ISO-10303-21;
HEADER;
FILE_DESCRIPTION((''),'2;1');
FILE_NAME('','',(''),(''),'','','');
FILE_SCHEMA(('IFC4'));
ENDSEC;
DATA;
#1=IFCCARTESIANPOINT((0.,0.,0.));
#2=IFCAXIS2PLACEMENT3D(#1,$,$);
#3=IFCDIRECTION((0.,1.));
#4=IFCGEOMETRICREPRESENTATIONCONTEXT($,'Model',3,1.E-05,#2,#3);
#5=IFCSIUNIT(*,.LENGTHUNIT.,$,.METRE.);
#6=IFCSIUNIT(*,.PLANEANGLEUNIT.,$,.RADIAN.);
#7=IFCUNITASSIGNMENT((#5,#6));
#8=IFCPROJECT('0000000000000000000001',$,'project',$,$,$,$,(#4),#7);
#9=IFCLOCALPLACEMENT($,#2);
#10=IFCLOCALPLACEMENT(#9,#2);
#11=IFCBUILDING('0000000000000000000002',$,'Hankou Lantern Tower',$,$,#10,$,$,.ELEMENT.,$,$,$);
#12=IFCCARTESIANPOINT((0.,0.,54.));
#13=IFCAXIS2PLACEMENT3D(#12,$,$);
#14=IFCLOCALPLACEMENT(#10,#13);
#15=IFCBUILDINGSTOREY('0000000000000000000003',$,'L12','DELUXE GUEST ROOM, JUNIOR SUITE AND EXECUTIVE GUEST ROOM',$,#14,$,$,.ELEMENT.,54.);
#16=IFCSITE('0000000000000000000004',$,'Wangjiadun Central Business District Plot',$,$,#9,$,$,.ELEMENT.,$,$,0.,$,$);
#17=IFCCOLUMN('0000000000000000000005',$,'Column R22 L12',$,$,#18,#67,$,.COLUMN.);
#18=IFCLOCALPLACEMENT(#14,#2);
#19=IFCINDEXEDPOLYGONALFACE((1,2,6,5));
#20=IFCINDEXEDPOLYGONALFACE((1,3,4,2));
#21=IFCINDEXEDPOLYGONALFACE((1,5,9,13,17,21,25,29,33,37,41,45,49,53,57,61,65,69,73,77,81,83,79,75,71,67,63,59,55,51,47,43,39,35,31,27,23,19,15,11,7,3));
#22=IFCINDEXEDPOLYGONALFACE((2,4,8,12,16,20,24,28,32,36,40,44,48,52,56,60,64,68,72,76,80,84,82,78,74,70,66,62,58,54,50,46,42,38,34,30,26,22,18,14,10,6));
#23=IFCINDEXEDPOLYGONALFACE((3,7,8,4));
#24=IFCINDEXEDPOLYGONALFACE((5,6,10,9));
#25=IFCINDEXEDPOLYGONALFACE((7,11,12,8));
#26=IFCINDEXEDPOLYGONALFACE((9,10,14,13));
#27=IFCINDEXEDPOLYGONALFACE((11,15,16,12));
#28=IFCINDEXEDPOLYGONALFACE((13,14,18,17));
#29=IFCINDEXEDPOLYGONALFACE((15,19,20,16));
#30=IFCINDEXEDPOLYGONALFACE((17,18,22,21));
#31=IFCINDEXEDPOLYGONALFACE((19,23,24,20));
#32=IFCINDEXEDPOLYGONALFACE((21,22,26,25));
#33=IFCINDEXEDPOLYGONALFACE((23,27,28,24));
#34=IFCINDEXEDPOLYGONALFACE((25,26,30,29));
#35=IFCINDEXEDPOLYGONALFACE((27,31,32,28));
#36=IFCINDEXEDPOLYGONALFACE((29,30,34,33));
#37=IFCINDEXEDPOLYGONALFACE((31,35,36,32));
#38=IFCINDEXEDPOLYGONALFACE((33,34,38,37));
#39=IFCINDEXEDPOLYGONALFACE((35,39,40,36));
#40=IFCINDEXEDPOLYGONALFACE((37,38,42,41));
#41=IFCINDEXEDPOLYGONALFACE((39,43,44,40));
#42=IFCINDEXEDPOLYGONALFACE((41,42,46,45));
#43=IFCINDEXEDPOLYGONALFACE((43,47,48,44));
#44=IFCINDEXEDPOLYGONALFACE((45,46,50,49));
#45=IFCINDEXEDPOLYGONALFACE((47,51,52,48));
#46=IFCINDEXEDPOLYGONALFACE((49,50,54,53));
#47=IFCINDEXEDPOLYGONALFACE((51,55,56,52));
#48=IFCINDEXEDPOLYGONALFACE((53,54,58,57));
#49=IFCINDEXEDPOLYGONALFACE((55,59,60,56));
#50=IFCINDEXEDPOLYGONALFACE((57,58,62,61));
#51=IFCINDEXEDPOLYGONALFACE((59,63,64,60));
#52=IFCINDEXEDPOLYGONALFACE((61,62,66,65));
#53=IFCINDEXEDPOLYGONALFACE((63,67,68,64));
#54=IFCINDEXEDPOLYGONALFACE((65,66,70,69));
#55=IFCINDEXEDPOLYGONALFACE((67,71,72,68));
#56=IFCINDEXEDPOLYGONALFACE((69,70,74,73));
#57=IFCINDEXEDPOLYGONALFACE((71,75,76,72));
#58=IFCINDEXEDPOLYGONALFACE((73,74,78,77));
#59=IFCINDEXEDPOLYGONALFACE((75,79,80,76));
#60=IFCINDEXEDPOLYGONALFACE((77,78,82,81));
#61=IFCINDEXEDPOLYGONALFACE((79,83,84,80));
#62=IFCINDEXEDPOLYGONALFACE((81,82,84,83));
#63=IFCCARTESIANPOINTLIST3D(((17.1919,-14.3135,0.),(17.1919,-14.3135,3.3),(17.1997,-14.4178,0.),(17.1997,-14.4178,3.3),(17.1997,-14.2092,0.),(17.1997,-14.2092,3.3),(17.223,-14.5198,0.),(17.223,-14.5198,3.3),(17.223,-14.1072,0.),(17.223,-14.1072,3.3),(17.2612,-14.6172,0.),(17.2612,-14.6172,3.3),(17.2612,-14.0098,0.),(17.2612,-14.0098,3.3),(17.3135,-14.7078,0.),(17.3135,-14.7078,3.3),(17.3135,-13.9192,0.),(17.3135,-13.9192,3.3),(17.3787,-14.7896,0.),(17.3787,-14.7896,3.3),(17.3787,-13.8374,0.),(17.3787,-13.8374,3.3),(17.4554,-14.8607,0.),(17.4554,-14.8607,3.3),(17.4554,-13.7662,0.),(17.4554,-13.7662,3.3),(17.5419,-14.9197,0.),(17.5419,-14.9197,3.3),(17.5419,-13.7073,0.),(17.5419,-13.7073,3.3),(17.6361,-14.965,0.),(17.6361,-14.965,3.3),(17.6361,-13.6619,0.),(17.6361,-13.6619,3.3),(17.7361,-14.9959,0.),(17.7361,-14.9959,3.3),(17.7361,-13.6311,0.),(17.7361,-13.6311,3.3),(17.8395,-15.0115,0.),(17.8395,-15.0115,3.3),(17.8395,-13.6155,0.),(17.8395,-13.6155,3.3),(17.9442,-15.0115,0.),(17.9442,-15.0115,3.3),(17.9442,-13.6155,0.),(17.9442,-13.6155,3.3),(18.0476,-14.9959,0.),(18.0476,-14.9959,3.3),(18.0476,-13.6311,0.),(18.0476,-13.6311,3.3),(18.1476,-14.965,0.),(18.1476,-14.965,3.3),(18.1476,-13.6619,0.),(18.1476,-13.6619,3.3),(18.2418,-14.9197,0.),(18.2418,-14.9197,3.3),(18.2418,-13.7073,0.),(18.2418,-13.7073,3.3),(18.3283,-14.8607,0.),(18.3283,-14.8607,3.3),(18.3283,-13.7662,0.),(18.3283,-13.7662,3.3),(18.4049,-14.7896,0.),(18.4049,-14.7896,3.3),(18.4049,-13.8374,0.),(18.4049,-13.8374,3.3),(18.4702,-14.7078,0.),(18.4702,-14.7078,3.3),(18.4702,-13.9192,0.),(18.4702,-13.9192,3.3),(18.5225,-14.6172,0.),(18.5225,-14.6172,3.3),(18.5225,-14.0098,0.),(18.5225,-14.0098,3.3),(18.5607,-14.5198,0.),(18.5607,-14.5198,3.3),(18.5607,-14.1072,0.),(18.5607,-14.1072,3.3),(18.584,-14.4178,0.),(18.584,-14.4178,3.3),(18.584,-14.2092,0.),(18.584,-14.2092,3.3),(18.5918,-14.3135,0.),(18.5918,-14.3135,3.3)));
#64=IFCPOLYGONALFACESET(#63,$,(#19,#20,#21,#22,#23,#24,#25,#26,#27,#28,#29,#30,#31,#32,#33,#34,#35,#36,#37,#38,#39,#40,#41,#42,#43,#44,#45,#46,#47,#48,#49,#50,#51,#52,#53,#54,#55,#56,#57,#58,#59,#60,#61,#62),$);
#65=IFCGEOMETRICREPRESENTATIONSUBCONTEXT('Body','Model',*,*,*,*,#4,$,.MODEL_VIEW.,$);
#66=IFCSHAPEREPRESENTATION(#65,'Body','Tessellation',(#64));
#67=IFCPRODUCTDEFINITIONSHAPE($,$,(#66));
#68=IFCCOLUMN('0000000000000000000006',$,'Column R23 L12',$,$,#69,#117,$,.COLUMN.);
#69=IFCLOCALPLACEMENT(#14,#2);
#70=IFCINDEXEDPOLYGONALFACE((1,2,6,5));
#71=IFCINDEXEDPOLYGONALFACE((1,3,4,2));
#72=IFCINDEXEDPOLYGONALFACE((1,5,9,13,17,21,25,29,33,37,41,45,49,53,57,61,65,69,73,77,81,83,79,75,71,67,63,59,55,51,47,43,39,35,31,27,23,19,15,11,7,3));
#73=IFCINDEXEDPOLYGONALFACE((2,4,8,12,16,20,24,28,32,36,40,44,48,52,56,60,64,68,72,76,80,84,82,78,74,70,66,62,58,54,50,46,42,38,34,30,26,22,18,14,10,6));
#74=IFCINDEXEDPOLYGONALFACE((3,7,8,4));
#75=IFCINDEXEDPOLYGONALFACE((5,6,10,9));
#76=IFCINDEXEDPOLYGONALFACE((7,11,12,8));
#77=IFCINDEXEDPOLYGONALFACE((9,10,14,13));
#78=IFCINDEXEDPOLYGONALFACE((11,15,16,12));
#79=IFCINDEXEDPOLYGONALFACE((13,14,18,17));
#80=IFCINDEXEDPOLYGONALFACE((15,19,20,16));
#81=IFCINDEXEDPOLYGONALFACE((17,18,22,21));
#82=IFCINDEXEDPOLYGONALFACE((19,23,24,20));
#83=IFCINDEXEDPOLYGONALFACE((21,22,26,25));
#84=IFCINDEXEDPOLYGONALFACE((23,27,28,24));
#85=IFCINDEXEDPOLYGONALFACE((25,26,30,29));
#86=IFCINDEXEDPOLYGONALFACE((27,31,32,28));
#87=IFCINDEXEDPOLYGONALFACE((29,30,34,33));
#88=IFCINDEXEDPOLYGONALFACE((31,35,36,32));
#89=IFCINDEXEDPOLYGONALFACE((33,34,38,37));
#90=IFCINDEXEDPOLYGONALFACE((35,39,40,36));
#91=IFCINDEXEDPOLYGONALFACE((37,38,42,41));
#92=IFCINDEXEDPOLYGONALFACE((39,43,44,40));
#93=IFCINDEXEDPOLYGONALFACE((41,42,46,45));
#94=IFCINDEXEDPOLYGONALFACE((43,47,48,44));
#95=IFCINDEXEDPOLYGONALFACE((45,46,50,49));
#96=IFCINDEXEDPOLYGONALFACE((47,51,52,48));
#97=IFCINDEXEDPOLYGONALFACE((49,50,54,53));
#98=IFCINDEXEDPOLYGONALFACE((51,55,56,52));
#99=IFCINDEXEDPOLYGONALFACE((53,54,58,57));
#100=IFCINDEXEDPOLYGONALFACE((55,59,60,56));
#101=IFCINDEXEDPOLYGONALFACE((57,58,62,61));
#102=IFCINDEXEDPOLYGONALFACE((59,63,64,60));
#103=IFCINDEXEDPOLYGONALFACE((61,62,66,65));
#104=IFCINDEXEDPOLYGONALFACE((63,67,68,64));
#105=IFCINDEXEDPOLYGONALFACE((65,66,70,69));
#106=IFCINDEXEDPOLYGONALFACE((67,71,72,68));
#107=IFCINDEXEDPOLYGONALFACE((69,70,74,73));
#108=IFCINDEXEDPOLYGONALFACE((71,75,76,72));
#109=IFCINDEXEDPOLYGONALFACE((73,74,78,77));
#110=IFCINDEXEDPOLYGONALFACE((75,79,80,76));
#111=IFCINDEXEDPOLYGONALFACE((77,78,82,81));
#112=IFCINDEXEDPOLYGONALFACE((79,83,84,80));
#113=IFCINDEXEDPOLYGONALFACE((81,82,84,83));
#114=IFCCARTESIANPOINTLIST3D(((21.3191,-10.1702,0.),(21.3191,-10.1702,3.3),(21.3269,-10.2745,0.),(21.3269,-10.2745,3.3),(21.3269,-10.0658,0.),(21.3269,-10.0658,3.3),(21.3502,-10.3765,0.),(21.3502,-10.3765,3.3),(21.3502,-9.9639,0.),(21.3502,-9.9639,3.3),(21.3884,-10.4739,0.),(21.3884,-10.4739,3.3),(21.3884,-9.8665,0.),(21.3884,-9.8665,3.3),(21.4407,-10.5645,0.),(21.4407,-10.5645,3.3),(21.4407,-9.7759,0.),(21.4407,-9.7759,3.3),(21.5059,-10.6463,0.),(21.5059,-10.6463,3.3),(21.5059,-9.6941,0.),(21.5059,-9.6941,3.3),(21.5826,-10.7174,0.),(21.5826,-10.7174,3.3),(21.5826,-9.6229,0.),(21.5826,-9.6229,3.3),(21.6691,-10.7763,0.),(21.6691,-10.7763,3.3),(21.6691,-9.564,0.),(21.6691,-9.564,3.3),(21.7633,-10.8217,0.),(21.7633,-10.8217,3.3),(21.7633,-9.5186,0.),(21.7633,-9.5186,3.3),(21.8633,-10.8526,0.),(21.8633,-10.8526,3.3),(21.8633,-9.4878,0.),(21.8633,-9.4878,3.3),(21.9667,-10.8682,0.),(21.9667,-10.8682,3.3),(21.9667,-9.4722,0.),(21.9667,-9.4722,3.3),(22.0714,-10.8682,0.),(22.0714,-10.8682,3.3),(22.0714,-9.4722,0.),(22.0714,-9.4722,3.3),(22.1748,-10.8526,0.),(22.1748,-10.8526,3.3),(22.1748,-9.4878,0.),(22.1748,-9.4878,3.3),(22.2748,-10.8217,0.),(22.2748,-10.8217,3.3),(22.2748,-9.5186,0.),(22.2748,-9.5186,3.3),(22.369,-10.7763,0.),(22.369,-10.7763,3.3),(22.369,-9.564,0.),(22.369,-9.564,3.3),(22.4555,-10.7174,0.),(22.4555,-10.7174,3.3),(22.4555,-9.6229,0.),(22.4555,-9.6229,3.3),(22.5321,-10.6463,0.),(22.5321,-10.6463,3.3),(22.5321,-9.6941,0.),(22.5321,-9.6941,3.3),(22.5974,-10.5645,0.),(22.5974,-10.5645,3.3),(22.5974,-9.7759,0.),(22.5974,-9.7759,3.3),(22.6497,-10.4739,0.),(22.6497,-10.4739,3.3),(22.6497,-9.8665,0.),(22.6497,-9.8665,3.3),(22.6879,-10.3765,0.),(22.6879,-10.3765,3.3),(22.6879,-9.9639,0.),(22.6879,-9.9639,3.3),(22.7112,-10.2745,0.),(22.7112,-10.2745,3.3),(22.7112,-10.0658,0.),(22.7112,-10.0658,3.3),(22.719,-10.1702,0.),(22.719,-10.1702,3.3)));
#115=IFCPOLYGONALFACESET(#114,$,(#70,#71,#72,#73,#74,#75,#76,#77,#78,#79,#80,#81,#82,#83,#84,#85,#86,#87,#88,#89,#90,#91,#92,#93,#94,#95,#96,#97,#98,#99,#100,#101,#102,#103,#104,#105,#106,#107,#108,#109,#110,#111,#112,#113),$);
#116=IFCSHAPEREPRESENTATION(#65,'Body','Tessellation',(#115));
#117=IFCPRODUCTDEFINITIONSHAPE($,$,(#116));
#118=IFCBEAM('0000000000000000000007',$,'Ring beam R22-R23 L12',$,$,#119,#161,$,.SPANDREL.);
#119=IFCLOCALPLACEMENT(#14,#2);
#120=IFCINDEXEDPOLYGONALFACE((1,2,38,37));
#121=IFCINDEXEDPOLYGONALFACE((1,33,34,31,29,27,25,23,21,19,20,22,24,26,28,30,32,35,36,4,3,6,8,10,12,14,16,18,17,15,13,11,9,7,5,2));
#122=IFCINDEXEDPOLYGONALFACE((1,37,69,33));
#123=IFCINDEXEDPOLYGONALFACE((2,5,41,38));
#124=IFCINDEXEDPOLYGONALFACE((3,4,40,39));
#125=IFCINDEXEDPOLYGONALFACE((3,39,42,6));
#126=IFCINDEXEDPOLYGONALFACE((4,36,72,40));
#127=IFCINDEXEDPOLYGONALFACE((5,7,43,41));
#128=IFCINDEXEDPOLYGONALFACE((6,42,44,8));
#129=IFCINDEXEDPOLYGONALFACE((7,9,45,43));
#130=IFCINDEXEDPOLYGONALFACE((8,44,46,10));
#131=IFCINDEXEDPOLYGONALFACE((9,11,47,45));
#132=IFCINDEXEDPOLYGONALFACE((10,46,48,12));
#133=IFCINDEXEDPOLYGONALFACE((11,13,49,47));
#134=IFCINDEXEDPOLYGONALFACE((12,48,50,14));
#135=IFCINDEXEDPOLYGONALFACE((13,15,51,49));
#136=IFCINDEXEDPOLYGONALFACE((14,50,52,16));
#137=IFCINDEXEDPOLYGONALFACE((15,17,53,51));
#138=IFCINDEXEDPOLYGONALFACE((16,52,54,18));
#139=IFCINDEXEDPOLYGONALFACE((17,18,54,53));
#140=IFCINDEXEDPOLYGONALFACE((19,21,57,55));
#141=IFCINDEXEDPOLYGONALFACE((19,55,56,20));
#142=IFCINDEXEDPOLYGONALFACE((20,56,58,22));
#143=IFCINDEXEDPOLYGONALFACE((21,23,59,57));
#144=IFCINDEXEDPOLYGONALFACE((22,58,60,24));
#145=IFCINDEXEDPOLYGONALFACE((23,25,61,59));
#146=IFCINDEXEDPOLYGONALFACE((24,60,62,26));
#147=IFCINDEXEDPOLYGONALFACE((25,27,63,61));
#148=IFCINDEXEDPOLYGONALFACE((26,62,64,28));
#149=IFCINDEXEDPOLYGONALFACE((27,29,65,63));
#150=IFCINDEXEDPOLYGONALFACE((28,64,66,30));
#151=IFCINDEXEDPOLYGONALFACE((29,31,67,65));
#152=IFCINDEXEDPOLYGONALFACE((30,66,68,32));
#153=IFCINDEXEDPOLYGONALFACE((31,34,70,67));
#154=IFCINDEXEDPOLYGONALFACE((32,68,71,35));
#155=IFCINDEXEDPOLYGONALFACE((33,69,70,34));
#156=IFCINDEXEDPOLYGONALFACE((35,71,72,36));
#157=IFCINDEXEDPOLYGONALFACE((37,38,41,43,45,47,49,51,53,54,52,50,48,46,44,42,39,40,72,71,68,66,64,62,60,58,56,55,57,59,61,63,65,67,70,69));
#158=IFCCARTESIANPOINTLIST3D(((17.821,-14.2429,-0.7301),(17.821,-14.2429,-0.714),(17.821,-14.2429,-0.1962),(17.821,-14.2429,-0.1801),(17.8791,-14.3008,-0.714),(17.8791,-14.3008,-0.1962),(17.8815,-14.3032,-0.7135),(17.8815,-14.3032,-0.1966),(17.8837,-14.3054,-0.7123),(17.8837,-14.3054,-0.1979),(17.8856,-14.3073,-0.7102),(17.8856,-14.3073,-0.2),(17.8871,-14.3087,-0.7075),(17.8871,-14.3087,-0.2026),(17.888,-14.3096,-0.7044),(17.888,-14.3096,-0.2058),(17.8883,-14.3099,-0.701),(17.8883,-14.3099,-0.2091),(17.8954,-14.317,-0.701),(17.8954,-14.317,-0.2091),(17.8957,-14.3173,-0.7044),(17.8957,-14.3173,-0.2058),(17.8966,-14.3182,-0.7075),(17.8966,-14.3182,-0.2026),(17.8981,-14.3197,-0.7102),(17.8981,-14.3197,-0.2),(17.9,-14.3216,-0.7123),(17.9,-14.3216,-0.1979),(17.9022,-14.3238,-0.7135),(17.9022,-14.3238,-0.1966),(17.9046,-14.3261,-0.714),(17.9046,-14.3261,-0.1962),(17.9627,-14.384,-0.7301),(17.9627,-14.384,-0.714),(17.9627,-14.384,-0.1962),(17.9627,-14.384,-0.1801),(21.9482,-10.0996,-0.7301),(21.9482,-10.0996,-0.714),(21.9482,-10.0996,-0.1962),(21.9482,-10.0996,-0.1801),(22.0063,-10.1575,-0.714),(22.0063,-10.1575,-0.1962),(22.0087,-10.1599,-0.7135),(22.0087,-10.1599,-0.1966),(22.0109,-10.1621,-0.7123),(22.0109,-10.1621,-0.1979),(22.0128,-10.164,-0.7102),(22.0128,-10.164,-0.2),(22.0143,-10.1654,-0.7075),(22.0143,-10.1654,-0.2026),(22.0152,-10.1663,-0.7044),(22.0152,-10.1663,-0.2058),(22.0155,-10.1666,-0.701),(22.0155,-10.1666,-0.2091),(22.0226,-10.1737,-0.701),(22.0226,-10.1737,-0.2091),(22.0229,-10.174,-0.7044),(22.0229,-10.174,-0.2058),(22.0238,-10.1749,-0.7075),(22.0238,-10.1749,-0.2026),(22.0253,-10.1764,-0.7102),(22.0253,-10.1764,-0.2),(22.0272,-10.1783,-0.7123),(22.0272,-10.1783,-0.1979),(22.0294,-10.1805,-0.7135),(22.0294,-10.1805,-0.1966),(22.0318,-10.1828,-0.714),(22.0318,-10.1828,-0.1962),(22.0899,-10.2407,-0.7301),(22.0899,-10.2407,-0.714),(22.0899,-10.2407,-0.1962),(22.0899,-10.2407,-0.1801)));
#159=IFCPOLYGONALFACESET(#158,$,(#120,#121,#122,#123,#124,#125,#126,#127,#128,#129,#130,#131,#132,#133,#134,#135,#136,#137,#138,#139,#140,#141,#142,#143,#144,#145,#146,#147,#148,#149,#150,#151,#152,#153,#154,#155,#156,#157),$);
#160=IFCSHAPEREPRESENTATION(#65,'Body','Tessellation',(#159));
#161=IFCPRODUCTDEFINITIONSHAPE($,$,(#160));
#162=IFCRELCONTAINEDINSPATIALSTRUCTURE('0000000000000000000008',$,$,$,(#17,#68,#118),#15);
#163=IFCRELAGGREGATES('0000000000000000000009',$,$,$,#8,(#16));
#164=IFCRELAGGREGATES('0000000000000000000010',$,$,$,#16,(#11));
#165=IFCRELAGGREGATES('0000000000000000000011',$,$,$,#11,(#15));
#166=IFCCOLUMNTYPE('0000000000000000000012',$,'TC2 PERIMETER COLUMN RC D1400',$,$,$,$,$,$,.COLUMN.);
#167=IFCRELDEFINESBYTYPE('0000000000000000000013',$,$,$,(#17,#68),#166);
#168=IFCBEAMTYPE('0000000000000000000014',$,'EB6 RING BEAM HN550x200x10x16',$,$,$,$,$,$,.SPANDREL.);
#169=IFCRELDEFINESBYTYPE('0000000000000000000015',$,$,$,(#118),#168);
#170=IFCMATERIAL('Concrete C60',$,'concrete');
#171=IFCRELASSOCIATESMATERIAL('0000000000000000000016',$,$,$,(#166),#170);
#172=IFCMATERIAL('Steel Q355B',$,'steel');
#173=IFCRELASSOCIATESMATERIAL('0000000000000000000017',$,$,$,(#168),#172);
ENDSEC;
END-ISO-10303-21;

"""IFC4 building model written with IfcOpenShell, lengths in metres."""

from ifc_helpers import new_model, si_unit, direction, frame, origin, origin_2d, place, context, subcontext, project, spatial, circle, i_section, extrude, material, material_profile, profile_set, type_object, element, save


model = new_model("IFC4")

# Units and contexts
model_context = context("Model", 3, precision=1e-05, world=origin(), true_north=direction((0.0, 1.0)))
body_context = subcontext(model_context, "Body", "Model", "MODEL_VIEW")
ifc_project = project(units=[si_unit("LENGTHUNIT", "METRE"), si_unit("PLANEANGLEUNIT", "RADIAN")], contexts=[model_context])

# Site, building, storey
site_placement = place(None, origin())
site = spatial("IfcSite", under=ifc_project, at=site_placement, Name="Wangjiadun Central Business District Plot", CompositionType="ELEMENT", RefElevation=0.0)
building_placement = place(site_placement, origin())
building = spatial("IfcBuilding", under=site, at=building_placement, Name="Hankou Lantern Tower", CompositionType="ELEMENT")
storey_placement = place(building_placement, frame((0.0, 0.0, 54.0)))
storey = spatial("IfcBuildingStorey", under=building, at=storey_placement, Name="L12", Description="DELUXE GUEST ROOM, JUNIOR SUITE AND EXECUTIVE GUEST ROOM", CompositionType="ELEMENT", Elevation=54.0)

# Columns
ifc_material_1 = material(Name="Concrete C60", Category="concrete")
ifc_material_profile_1 = material_profile(ifc_material_1, circle(Radius=0.7, at=origin_2d()), Name="RC D1400")
ifc_profile_set_1 = profile_set([ifc_material_profile_1], Name="Concrete C60")
column_type = type_object("IfcColumnType", Name="TC2 PERIMETER COLUMN RC D1400", PredefinedType="COLUMN", material=ifc_profile_set_1)
for number, where, z_axis, x_axis, name in (
    (1, (17.8918, -14.3135, 0.0), (0.0, 0.0, 1.0), (1.0, 0.0, 0.0), "Column R22 L12"),
    (2, (22.019, -10.1702, 0.0), (0.0, 0.0, 1.0), (1.0, 0.0, 0.0), "Column R23 L12"),
):
    element("IfcColumn", number, at=place(storey_placement, frame(where, z_axis=z_axis, x_axis=x_axis)), inside=storey, type_object=column_type, Name=name, PredefinedType="COLUMN", context=body_context, shape_type="SweptSolid", body=[
        extrude(circle(Radius=0.7, at=origin_2d()), origin(), (0.0, 0.0, 1.0), 3.3),
    ])

# Beam
ifc_material_2 = material(Name="Steel Q355B", Category="steel")
ifc_material_profile_2 = material_profile(ifc_material_2, i_section(OverallWidth=0.2, OverallDepth=0.55, WebThickness=0.01, FlangeThickness=0.0161, FilletRadius=0.0129, at=origin_2d()), Name="HN550x200x10x16")
ifc_profile_set_2 = profile_set([ifc_material_profile_2], Name="Steel Q355B")
beam_type_1 = type_object("IfcBeamType", Name="EB6 RING BEAM HN550x200x10x16", PredefinedType="SPANDREL", material=ifc_profile_set_2)
beam_1_placement = place(storey_placement, frame((17.8918, -14.3135, -0.4551), z_axis=(0.705728, 0.708483, 0.0), x_axis=(-0.708483, 0.705728, 0.0)))
element("IfcBeam", 3, at=beam_1_placement, inside=storey, type_object=beam_type_1, Name="Ring beam R22-R23 L12", PredefinedType="SPANDREL", context=body_context, shape_type="SweptSolid", body=[
    extrude(i_section(OverallWidth=0.2, OverallDepth=0.55, WebThickness=0.01, FlangeThickness=0.0161, FilletRadius=0.0129, at=origin_2d()), origin(), (0.0, 0.0, 1.0), 5.8481),
])

save(model, "model.ifc")
